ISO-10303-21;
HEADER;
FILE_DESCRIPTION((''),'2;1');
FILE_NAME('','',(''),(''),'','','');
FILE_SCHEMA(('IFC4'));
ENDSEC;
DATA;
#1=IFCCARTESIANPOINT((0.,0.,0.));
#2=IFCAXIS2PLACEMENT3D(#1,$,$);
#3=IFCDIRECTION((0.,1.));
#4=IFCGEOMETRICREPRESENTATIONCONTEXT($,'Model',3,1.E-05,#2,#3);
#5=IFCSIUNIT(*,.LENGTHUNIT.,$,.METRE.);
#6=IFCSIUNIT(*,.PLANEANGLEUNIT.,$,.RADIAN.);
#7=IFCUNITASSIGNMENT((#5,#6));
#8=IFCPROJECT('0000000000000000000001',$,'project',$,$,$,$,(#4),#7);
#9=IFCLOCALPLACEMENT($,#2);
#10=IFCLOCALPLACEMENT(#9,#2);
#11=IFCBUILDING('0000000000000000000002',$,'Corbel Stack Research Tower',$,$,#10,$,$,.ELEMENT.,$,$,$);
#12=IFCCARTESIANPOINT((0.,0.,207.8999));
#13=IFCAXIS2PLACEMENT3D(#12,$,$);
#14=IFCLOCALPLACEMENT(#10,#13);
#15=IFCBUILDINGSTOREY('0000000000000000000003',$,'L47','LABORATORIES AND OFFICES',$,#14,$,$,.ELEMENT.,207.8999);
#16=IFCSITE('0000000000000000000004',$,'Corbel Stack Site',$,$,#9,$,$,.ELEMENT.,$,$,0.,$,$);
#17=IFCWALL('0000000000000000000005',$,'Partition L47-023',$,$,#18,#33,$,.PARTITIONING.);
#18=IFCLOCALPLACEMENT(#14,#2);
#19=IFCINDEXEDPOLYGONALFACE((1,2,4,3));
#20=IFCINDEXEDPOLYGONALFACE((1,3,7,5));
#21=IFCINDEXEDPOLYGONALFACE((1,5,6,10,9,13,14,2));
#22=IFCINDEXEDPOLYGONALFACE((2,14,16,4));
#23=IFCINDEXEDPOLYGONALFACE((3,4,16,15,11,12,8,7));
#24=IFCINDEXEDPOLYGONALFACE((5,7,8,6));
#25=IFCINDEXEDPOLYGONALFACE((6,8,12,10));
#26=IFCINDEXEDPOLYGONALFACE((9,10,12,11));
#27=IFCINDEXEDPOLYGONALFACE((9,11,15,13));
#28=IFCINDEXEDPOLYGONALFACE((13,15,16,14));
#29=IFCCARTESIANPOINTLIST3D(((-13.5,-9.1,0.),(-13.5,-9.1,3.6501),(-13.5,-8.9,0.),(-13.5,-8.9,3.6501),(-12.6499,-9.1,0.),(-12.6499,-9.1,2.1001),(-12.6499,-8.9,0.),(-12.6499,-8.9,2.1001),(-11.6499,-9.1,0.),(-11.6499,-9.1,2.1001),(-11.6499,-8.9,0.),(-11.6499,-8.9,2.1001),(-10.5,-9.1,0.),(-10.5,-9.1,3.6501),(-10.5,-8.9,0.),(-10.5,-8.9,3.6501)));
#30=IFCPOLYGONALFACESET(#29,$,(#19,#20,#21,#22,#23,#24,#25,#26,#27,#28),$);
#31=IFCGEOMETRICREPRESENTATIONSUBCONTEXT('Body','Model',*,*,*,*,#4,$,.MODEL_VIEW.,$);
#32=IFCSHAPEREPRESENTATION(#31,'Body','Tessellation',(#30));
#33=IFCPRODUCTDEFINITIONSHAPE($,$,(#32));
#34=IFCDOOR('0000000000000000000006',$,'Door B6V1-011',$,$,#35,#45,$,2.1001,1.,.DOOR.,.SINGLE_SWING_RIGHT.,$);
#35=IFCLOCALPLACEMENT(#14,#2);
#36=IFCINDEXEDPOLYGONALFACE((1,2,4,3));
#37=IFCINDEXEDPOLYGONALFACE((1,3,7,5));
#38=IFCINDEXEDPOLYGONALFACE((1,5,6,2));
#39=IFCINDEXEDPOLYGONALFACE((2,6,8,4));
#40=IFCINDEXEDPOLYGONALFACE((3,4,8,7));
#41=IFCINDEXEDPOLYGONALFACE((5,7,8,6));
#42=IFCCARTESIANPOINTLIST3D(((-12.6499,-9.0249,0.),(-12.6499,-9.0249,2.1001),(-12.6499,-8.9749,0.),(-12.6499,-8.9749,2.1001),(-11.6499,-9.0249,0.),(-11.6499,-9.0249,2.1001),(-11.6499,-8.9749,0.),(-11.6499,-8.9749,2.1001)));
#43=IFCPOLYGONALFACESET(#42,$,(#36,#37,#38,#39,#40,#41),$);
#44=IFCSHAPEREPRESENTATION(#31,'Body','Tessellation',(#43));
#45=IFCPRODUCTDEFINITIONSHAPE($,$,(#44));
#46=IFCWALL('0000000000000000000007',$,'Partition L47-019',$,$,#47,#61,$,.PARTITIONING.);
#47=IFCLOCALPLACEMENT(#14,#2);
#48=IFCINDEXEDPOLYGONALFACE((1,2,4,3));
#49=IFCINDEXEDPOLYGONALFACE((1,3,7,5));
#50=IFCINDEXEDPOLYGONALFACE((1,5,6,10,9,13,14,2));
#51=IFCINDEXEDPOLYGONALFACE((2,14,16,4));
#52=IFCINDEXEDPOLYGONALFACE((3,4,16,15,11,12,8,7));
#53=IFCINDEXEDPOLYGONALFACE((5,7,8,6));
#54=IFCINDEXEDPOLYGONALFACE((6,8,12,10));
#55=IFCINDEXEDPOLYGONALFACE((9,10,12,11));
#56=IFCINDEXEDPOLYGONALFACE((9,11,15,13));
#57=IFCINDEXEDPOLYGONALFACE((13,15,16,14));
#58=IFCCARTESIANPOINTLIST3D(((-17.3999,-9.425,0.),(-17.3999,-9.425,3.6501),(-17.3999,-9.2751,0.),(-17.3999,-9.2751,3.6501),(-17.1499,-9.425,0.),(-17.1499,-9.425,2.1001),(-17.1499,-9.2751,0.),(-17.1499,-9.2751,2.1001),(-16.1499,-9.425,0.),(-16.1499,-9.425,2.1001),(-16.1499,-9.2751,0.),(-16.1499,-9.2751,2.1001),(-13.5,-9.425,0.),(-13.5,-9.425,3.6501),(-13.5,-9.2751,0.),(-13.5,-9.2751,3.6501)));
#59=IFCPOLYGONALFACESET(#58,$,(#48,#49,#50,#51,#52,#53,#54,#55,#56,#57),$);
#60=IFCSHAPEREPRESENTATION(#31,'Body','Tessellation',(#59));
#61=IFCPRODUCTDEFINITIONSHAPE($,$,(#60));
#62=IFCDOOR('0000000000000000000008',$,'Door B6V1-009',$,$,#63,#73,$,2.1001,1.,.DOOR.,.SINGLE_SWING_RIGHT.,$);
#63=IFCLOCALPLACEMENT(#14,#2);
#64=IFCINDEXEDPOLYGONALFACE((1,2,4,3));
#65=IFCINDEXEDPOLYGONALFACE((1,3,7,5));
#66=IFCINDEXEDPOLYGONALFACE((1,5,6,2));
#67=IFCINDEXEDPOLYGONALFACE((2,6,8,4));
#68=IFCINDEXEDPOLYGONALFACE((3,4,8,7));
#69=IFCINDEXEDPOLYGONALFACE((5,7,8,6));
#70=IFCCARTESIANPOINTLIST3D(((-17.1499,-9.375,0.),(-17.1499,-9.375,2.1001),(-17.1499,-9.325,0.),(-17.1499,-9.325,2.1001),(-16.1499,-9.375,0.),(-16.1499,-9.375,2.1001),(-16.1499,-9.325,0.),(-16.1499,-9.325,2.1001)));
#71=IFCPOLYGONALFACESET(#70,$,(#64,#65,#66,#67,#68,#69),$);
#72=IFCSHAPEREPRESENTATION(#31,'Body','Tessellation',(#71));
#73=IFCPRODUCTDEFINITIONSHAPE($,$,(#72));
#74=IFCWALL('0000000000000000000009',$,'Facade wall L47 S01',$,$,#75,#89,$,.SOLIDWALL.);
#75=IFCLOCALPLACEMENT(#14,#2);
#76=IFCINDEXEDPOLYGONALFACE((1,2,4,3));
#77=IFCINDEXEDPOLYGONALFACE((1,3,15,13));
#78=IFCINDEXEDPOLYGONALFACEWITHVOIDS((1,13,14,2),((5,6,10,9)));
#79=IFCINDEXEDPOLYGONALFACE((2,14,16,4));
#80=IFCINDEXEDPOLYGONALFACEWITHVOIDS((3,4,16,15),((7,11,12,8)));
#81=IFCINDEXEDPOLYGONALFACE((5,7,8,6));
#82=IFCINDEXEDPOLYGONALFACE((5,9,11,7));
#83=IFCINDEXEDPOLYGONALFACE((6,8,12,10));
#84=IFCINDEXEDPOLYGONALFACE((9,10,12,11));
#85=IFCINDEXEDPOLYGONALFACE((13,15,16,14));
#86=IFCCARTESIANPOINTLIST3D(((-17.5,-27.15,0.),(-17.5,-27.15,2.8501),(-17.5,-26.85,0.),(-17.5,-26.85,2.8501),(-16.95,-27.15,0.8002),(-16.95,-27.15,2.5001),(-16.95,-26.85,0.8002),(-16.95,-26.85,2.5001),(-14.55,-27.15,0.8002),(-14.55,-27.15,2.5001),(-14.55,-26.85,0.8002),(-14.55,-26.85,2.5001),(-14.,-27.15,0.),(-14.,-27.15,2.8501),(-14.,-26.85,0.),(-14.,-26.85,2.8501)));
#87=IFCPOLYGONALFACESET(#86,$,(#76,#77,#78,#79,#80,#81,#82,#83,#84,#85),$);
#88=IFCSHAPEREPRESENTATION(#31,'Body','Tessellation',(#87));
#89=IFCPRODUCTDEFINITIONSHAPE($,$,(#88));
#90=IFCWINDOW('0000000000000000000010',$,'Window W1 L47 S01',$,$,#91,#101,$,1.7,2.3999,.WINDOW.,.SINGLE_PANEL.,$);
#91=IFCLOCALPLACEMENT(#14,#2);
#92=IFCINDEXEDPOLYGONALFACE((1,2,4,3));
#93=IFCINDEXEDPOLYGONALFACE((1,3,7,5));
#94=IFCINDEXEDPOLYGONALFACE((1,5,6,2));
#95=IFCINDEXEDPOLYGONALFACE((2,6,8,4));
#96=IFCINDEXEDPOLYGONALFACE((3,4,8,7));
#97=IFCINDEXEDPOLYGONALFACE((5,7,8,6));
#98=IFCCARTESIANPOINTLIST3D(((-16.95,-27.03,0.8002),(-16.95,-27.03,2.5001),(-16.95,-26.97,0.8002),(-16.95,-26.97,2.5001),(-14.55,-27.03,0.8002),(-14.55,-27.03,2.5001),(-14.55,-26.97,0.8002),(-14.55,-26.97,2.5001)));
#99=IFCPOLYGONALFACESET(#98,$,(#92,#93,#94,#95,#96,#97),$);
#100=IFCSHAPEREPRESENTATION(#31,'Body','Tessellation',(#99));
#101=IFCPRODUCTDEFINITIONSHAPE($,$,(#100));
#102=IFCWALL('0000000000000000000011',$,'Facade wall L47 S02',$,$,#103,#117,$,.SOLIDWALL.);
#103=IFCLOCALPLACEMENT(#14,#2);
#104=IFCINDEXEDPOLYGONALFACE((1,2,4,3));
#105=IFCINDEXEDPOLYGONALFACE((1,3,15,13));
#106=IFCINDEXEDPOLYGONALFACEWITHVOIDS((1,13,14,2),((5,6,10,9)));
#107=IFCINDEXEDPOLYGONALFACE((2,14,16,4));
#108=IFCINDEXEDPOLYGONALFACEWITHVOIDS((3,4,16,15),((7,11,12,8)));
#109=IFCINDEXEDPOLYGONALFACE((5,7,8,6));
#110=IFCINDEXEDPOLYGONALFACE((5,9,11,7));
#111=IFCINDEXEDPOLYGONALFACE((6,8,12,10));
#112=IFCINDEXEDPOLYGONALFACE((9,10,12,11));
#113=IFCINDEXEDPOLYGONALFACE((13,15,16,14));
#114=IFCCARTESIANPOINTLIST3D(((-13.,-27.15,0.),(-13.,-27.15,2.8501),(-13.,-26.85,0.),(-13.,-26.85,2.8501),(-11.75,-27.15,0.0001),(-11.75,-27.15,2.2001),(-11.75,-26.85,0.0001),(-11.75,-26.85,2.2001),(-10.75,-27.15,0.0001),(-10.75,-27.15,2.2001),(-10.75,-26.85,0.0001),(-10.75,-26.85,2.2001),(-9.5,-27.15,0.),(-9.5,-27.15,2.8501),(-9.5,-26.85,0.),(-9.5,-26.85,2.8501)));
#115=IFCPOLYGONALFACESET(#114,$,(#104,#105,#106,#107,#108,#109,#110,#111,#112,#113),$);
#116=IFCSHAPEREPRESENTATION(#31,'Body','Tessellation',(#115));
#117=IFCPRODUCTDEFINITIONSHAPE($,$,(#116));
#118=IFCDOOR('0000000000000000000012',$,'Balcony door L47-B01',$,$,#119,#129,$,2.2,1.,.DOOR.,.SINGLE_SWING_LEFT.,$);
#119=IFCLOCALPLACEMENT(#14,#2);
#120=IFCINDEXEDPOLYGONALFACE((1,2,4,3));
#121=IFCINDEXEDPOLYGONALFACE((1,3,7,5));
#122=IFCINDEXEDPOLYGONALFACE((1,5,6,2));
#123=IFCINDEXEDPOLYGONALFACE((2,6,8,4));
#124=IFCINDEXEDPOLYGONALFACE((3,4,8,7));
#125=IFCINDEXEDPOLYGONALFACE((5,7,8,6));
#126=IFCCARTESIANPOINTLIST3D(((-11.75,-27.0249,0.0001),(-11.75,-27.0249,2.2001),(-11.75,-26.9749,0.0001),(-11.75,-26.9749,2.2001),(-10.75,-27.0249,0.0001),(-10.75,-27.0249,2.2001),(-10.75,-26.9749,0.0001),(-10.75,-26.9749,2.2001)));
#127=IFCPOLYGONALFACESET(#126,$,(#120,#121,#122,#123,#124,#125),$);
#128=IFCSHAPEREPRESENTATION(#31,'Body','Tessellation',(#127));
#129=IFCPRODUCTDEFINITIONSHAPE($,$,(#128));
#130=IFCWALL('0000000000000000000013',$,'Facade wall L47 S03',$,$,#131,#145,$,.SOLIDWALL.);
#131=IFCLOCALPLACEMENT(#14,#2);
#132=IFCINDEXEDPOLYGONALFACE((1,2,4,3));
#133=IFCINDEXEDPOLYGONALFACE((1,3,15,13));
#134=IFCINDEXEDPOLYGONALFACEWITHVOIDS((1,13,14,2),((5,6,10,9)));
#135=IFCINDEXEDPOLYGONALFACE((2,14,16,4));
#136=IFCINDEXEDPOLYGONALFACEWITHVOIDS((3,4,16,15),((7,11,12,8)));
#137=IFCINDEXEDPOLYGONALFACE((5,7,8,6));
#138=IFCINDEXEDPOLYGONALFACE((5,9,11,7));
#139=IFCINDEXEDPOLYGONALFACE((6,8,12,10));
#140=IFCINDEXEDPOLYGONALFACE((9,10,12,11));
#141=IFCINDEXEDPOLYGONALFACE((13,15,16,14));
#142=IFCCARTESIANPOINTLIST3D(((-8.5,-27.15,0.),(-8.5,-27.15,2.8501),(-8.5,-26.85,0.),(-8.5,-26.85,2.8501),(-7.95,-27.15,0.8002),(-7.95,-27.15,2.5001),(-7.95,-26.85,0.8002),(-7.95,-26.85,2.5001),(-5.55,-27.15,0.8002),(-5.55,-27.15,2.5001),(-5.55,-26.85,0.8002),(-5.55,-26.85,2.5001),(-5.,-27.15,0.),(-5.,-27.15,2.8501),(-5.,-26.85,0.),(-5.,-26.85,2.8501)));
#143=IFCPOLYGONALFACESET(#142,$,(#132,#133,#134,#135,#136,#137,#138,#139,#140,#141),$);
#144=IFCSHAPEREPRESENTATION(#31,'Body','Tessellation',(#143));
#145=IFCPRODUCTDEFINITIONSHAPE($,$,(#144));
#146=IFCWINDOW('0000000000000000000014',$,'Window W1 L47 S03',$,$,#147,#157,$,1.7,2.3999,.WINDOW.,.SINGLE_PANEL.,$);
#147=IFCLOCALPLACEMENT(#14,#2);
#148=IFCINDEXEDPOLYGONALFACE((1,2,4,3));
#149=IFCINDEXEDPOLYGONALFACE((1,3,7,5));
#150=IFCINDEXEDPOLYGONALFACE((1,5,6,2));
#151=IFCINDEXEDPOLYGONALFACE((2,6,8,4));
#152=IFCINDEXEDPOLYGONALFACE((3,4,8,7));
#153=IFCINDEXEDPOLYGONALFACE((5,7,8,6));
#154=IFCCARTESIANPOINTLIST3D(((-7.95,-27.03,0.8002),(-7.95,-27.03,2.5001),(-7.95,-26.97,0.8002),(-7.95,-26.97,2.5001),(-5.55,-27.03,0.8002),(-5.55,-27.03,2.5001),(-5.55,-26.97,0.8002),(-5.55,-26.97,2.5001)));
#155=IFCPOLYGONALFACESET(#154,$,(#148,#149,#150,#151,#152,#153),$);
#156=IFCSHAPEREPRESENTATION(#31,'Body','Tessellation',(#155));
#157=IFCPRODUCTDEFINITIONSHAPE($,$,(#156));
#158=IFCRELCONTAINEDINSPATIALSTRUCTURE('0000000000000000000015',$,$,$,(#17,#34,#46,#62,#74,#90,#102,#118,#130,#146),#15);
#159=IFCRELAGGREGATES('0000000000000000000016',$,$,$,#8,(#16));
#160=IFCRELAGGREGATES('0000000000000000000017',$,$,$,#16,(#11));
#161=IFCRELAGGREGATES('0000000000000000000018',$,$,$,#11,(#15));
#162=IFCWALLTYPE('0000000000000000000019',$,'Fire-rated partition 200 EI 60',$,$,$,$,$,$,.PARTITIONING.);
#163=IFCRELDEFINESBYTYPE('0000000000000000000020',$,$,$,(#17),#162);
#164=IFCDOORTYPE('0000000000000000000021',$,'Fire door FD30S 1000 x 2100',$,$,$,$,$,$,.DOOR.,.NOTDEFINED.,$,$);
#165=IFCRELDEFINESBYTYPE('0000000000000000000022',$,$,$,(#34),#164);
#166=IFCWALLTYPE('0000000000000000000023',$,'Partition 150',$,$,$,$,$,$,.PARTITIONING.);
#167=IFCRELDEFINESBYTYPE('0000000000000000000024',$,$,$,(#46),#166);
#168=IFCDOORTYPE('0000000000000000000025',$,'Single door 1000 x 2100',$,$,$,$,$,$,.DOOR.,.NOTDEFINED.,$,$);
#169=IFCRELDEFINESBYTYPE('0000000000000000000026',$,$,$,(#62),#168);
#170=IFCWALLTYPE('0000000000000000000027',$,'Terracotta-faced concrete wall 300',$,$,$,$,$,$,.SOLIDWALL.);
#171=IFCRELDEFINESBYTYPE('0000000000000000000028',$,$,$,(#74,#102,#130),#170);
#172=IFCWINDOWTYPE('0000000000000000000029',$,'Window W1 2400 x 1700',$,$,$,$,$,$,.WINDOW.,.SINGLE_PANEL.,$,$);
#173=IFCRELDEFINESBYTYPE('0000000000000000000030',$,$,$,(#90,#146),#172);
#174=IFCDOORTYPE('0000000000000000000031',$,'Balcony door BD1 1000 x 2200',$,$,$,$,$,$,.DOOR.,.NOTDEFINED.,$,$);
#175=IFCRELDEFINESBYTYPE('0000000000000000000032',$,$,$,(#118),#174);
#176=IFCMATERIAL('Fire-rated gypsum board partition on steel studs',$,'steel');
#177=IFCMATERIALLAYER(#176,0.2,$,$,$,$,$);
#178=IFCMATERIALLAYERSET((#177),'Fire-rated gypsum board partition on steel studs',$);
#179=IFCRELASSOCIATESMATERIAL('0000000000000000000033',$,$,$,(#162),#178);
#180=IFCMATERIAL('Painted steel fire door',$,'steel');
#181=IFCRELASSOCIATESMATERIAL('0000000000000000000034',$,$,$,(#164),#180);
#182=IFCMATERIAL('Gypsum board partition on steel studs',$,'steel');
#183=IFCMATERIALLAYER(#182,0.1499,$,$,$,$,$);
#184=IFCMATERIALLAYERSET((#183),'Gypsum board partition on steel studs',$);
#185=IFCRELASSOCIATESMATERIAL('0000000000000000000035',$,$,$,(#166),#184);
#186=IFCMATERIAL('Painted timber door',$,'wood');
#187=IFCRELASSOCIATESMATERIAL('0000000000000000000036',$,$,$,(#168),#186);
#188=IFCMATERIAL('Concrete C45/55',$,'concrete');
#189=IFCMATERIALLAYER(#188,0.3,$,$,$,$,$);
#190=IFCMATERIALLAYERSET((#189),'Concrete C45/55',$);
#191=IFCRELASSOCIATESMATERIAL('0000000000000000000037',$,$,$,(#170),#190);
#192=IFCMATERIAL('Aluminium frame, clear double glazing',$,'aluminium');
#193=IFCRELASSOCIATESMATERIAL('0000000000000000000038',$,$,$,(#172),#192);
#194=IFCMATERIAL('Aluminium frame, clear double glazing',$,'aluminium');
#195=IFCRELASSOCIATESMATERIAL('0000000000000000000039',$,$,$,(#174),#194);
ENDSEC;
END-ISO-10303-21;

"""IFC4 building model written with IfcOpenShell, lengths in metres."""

from ifc_helpers import new_model, si_unit, direction, frame, frame_2d, origin, place, context, subcontext, project, spatial, rectangle, extrude, material, layer, layer_set, type_object, element, fill, save


model = new_model("IFC4")

# Units and contexts
model_context = context("Model", 3, precision=1e-05, world=origin(), true_north=direction((0.0, 1.0)))
body_context = subcontext(model_context, "Body", "Model", "MODEL_VIEW")
ifc_project = project(units=[si_unit("LENGTHUNIT", "METRE"), si_unit("PLANEANGLEUNIT", "RADIAN")], contexts=[model_context])

# Site, building, storey
site_placement = place(None, origin())
site = spatial("IfcSite", under=ifc_project, at=site_placement, Name="Corbel Stack Site", CompositionType="ELEMENT", RefElevation=0.0)
building_placement = place(site_placement, origin())
building = spatial("IfcBuilding", under=site, at=building_placement, Name="Corbel Stack Research Tower", CompositionType="ELEMENT")
storey_placement = place(building_placement, frame((0.0, 0.0, 207.8999)))
storey = spatial("IfcBuildingStorey", under=building, at=storey_placement, Name="L47", Description="LABORATORIES AND OFFICES", CompositionType="ELEMENT", Elevation=207.8999)

# Shared definitions
ifc_material_1 = material(Name="Fire-rated gypsum board partition on steel studs", Category="steel")
ifc_layer_1 = layer(ifc_material_1, 0.2)
ifc_layer_set_1 = layer_set([ifc_layer_1], Name="Fire-rated gypsum board partition on steel studs")
wall_type_1 = type_object("IfcWallType", Name="Fire-rated partition 200 EI 60", PredefinedType="PARTITIONING", material=ifc_layer_set_1)

# Walls, openings, doors
wall_1_placement = place(storey_placement, frame((-10.5, -9.0, 0.0), z_axis=(0.0, 0.0, 1.0), x_axis=(-1.0, 0.0, 0.0)))
wall_1 = element("IfcWall", 1, at=wall_1_placement, inside=storey, type_object=wall_type_1, Name="Partition L47-023", PredefinedType="PARTITIONING", context=body_context, shape_type="SweptSolid", body=[
    extrude(rectangle(XDim=3.0, YDim=0.2, at=frame_2d((1.5, 0.0))), origin(), (0.0, 0.0, 1.0), 3.6501),
])
opening_1_placement = place(wall_1_placement, frame((1.1499, 0.0, 0.0)))
opening_1 = element("IfcOpeningElement", 2, at=opening_1_placement, cuts=wall_1, PredefinedType="OPENING", context=body_context, shape_type="SweptSolid", body=[
    extrude(rectangle(XDim=1.0, YDim=2.1001, at=frame_2d((0.5, 1.05))), frame((0.0, 0.1099, 0.0), z_axis=(0.0, -1.0, 0.0), x_axis=(1.0, 0.0, 0.0)), (0.0, 0.0, 1.0), 0.22),
])
ifc_material_2 = material(Name="Painted steel fire door", Category="steel")
door_type_1 = type_object("IfcDoorType", Name="Fire door FD30S 1000 x 2100", OperationType="NOTDEFINED", PredefinedType="DOOR", material=ifc_material_2)
door_1_placement = place(opening_1_placement, origin())
door_1 = element("IfcDoor", 3, at=door_1_placement, inside=storey, type_object=door_type_1, Name="Door B6V1-011", OperationType="SINGLE_SWING_RIGHT", OverallHeight=2.1001, OverallWidth=1.0, PredefinedType="DOOR", context=body_context, shape_type="SweptSolid", body=[
    extrude(rectangle(XDim=1.0, YDim=2.1001, at=frame_2d((0.5, 1.05))), frame((0.0, 0.0249, 0.0), z_axis=(0.0, -1.0, 0.0), x_axis=(1.0, 0.0, 0.0)), (0.0, 0.0, 1.0), 0.05),
])
fill(opening_1, door_1)
ifc_material_3 = material(Name="Gypsum board partition on steel studs", Category="steel")
ifc_layer_2 = layer(ifc_material_3, 0.1499)
ifc_layer_set_2 = layer_set([ifc_layer_2], Name="Gypsum board partition on steel studs")
wall_type_2 = type_object("IfcWallType", Name="Partition 150", PredefinedType="PARTITIONING", material=ifc_layer_set_2)
wall_2_placement = place(storey_placement, frame((-13.5, -9.3501, 0.0), z_axis=(0.0, 0.0, 1.0), x_axis=(-1.0, 0.0, 0.0)))
wall_2 = element("IfcWall", 4, at=wall_2_placement, inside=storey, type_object=wall_type_2, Name="Partition L47-019", PredefinedType="PARTITIONING", context=body_context, shape_type="SweptSolid", body=[
    extrude(rectangle(XDim=3.8999, YDim=0.1499, at=frame_2d((1.95, 0.0))), origin(), (0.0, 0.0, 1.0), 3.6501),
])
opening_2_placement = place(wall_2_placement, frame((2.6499, 0.0, 0.0)))
opening_2 = element("IfcOpeningElement", 5, at=opening_2_placement, cuts=wall_2, PredefinedType="OPENING", context=body_context, shape_type="SweptSolid", body=[
    extrude(rectangle(XDim=1.0, YDim=2.1001, at=frame_2d((0.5, 1.05))), frame((0.0, 0.085, 0.0), z_axis=(0.0, -1.0, 0.0), x_axis=(1.0, 0.0, 0.0)), (0.0, 0.0, 1.0), 0.1699),
])
ifc_material_4 = material(Name="Painted timber door", Category="wood")
door_type_2 = type_object("IfcDoorType", Name="Single door 1000 x 2100", OperationType="NOTDEFINED", PredefinedType="DOOR", material=ifc_material_4)
door_2_placement = place(opening_2_placement, origin())
door_2 = element("IfcDoor", 6, at=door_2_placement, inside=storey, type_object=door_type_2, Name="Door B6V1-009", OperationType="SINGLE_SWING_RIGHT", OverallHeight=2.1001, OverallWidth=1.0, PredefinedType="DOOR", context=body_context, shape_type="SweptSolid", body=[
    extrude(rectangle(XDim=1.0, YDim=2.1001, at=frame_2d((0.5, 1.05))), frame((0.0, 0.0249, 0.0), z_axis=(0.0, -1.0, 0.0), x_axis=(1.0, 0.0, 0.0)), (0.0, 0.0, 1.0), 0.05),
])
fill(opening_2, door_2)

# Wall, opening, window
ifc_material_5 = material(Name="Concrete C45/55", Category="concrete")
ifc_layer_3 = layer(ifc_material_5, 0.3)
ifc_layer_set_3 = layer_set([ifc_layer_3], Name="Concrete C45/55")
wall_type_3 = type_object("IfcWallType", Name="Terracotta-faced concrete wall 300", PredefinedType="SOLIDWALL", material=ifc_layer_set_3)
wall_3_placement = place(storey_placement, frame((-14.0, -27.0, 0.0), z_axis=(0.0, 0.0, 1.0), x_axis=(-1.0, 0.0, 0.0)))
wall_3 = element("IfcWall", 7, at=wall_3_placement, inside=storey, type_object=wall_type_3, Name="Facade wall L47 S01", PredefinedType="SOLIDWALL", context=body_context, shape_type="SweptSolid", body=[
    extrude(rectangle(XDim=3.5, YDim=0.3, at=frame_2d((1.75, 0.0))), origin(), (0.0, 0.0, 1.0), 2.8501),
])
opening_3_placement = place(wall_3_placement, frame((0.55, 0.0, 0.8)))
opening_3 = element("IfcOpeningElement", 8, at=opening_3_placement, cuts=wall_3, PredefinedType="OPENING", context=body_context, shape_type="SweptSolid", body=[
    extrude(rectangle(XDim=2.3999, YDim=1.7, at=frame_2d((1.2, 0.8501))), frame((0.0, 0.1599, 0.0), z_axis=(0.0, -1.0, 0.0), x_axis=(1.0, 0.0, 0.0)), (0.0, 0.0, 1.0), 0.3201),
])
ifc_material_6 = material(Name="Aluminium frame, clear double glazing", Category="aluminium")
window_type = type_object("IfcWindowType", Name="Window W1 2400 x 1700", PartitioningType="SINGLE_PANEL", PredefinedType="WINDOW", material=ifc_material_6)
window_1_placement = place(opening_3_placement, origin())
window_1 = element("IfcWindow", 9, at=window_1_placement, inside=storey, type_object=window_type, Name="Window W1 L47 S01", OverallHeight=1.7, OverallWidth=2.3999, PartitioningType="SINGLE_PANEL", PredefinedType="WINDOW", context=body_context, shape_type="SweptSolid", body=[
    extrude(rectangle(XDim=2.3999, YDim=1.7, at=frame_2d((1.2, 0.8501))), frame((0.0, 0.03, 0.0), z_axis=(0.0, -1.0, 0.0), x_axis=(1.0, 0.0, 0.0)), (0.0, 0.0, 1.0), 0.0601),
])
fill(opening_3, window_1)

# Wall, opening, door
wall_4_placement = place(storey_placement, frame((-9.5, -27.0, 0.0), z_axis=(0.0, 0.0, 1.0), x_axis=(-1.0, 0.0, 0.0)))
wall_4 = element("IfcWall", 10, at=wall_4_placement, inside=storey, type_object=wall_type_3, Name="Facade wall L47 S02", PredefinedType="SOLIDWALL", context=body_context, shape_type="SweptSolid", body=[
    extrude(rectangle(XDim=3.5, YDim=0.3, at=frame_2d((1.75, 0.0))), origin(), (0.0, 0.0, 1.0), 2.8501),
])
opening_4_placement = place(wall_4_placement, frame((1.25, 0.0, 0.0)))
opening_4 = element("IfcOpeningElement", 11, at=opening_4_placement, cuts=wall_4, PredefinedType="OPENING", context=body_context, shape_type="SweptSolid", body=[
    extrude(rectangle(XDim=1.0, YDim=2.2, at=frame_2d((0.5, 1.1001))), frame((0.0, 0.1599, 0.0), z_axis=(0.0, -1.0, 0.0), x_axis=(1.0, 0.0, 0.0)), (0.0, 0.0, 1.0), 0.3201),
])
ifc_material_7 = material(Name="Aluminium frame, clear double glazing", Category="aluminium")
door_type_3 = type_object("IfcDoorType", Name="Balcony door BD1 1000 x 2200", OperationType="NOTDEFINED", PredefinedType="DOOR", material=ifc_material_7)
door_3_placement = place(opening_4_placement, origin())
door_3 = element("IfcDoor", 12, at=door_3_placement, inside=storey, type_object=door_type_3, Name="Balcony door L47-B01", OperationType="SINGLE_SWING_LEFT", OverallHeight=2.2, OverallWidth=1.0, PredefinedType="DOOR", context=body_context, shape_type="SweptSolid", body=[
    extrude(rectangle(XDim=1.0, YDim=2.2, at=frame_2d((0.5, 1.1001))), frame((0.0, 0.0249, 0.0), z_axis=(0.0, -1.0, 0.0), x_axis=(1.0, 0.0, 0.0)), (0.0, 0.0, 1.0), 0.05),
])
fill(opening_4, door_3)

# Wall, opening, window
wall_5_placement = place(storey_placement, frame((-5.0, -27.0, 0.0), z_axis=(0.0, 0.0, 1.0), x_axis=(-1.0, 0.0, 0.0)))
wall_5 = element("IfcWall", 13, at=wall_5_placement, inside=storey, type_object=wall_type_3, Name="Facade wall L47 S03", PredefinedType="SOLIDWALL", context=body_context, shape_type="SweptSolid", body=[
    extrude(rectangle(XDim=3.5, YDim=0.3, at=frame_2d((1.75, 0.0))), origin(), (0.0, 0.0, 1.0), 2.8501),
])
opening_5_placement = place(wall_5_placement, frame((0.55, 0.0, 0.8)))
opening_5 = element("IfcOpeningElement", 14, at=opening_5_placement, cuts=wall_5, PredefinedType="OPENING", context=body_context, shape_type="SweptSolid", body=[
    extrude(rectangle(XDim=2.3999, YDim=1.7, at=frame_2d((1.2, 0.8501))), frame((0.0, 0.1599, 0.0), z_axis=(0.0, -1.0, 0.0), x_axis=(1.0, 0.0, 0.0)), (0.0, 0.0, 1.0), 0.3201),
])
window_2_placement = place(opening_5_placement, origin())
window_2 = element("IfcWindow", 15, at=window_2_placement, inside=storey, type_object=window_type, Name="Window W1 L47 S03", OverallHeight=1.7, OverallWidth=2.3999, PartitioningType="SINGLE_PANEL", PredefinedType="WINDOW", context=body_context, shape_type="SweptSolid", body=[
    extrude(rectangle(XDim=2.3999, YDim=1.7, at=frame_2d((1.2, 0.8501))), frame((0.0, 0.03, 0.0), z_axis=(0.0, -1.0, 0.0), x_axis=(1.0, 0.0, 0.0)), (0.0, 0.0, 1.0), 0.0601),
])
fill(opening_5, window_2)

save(model, "model.ifc")
